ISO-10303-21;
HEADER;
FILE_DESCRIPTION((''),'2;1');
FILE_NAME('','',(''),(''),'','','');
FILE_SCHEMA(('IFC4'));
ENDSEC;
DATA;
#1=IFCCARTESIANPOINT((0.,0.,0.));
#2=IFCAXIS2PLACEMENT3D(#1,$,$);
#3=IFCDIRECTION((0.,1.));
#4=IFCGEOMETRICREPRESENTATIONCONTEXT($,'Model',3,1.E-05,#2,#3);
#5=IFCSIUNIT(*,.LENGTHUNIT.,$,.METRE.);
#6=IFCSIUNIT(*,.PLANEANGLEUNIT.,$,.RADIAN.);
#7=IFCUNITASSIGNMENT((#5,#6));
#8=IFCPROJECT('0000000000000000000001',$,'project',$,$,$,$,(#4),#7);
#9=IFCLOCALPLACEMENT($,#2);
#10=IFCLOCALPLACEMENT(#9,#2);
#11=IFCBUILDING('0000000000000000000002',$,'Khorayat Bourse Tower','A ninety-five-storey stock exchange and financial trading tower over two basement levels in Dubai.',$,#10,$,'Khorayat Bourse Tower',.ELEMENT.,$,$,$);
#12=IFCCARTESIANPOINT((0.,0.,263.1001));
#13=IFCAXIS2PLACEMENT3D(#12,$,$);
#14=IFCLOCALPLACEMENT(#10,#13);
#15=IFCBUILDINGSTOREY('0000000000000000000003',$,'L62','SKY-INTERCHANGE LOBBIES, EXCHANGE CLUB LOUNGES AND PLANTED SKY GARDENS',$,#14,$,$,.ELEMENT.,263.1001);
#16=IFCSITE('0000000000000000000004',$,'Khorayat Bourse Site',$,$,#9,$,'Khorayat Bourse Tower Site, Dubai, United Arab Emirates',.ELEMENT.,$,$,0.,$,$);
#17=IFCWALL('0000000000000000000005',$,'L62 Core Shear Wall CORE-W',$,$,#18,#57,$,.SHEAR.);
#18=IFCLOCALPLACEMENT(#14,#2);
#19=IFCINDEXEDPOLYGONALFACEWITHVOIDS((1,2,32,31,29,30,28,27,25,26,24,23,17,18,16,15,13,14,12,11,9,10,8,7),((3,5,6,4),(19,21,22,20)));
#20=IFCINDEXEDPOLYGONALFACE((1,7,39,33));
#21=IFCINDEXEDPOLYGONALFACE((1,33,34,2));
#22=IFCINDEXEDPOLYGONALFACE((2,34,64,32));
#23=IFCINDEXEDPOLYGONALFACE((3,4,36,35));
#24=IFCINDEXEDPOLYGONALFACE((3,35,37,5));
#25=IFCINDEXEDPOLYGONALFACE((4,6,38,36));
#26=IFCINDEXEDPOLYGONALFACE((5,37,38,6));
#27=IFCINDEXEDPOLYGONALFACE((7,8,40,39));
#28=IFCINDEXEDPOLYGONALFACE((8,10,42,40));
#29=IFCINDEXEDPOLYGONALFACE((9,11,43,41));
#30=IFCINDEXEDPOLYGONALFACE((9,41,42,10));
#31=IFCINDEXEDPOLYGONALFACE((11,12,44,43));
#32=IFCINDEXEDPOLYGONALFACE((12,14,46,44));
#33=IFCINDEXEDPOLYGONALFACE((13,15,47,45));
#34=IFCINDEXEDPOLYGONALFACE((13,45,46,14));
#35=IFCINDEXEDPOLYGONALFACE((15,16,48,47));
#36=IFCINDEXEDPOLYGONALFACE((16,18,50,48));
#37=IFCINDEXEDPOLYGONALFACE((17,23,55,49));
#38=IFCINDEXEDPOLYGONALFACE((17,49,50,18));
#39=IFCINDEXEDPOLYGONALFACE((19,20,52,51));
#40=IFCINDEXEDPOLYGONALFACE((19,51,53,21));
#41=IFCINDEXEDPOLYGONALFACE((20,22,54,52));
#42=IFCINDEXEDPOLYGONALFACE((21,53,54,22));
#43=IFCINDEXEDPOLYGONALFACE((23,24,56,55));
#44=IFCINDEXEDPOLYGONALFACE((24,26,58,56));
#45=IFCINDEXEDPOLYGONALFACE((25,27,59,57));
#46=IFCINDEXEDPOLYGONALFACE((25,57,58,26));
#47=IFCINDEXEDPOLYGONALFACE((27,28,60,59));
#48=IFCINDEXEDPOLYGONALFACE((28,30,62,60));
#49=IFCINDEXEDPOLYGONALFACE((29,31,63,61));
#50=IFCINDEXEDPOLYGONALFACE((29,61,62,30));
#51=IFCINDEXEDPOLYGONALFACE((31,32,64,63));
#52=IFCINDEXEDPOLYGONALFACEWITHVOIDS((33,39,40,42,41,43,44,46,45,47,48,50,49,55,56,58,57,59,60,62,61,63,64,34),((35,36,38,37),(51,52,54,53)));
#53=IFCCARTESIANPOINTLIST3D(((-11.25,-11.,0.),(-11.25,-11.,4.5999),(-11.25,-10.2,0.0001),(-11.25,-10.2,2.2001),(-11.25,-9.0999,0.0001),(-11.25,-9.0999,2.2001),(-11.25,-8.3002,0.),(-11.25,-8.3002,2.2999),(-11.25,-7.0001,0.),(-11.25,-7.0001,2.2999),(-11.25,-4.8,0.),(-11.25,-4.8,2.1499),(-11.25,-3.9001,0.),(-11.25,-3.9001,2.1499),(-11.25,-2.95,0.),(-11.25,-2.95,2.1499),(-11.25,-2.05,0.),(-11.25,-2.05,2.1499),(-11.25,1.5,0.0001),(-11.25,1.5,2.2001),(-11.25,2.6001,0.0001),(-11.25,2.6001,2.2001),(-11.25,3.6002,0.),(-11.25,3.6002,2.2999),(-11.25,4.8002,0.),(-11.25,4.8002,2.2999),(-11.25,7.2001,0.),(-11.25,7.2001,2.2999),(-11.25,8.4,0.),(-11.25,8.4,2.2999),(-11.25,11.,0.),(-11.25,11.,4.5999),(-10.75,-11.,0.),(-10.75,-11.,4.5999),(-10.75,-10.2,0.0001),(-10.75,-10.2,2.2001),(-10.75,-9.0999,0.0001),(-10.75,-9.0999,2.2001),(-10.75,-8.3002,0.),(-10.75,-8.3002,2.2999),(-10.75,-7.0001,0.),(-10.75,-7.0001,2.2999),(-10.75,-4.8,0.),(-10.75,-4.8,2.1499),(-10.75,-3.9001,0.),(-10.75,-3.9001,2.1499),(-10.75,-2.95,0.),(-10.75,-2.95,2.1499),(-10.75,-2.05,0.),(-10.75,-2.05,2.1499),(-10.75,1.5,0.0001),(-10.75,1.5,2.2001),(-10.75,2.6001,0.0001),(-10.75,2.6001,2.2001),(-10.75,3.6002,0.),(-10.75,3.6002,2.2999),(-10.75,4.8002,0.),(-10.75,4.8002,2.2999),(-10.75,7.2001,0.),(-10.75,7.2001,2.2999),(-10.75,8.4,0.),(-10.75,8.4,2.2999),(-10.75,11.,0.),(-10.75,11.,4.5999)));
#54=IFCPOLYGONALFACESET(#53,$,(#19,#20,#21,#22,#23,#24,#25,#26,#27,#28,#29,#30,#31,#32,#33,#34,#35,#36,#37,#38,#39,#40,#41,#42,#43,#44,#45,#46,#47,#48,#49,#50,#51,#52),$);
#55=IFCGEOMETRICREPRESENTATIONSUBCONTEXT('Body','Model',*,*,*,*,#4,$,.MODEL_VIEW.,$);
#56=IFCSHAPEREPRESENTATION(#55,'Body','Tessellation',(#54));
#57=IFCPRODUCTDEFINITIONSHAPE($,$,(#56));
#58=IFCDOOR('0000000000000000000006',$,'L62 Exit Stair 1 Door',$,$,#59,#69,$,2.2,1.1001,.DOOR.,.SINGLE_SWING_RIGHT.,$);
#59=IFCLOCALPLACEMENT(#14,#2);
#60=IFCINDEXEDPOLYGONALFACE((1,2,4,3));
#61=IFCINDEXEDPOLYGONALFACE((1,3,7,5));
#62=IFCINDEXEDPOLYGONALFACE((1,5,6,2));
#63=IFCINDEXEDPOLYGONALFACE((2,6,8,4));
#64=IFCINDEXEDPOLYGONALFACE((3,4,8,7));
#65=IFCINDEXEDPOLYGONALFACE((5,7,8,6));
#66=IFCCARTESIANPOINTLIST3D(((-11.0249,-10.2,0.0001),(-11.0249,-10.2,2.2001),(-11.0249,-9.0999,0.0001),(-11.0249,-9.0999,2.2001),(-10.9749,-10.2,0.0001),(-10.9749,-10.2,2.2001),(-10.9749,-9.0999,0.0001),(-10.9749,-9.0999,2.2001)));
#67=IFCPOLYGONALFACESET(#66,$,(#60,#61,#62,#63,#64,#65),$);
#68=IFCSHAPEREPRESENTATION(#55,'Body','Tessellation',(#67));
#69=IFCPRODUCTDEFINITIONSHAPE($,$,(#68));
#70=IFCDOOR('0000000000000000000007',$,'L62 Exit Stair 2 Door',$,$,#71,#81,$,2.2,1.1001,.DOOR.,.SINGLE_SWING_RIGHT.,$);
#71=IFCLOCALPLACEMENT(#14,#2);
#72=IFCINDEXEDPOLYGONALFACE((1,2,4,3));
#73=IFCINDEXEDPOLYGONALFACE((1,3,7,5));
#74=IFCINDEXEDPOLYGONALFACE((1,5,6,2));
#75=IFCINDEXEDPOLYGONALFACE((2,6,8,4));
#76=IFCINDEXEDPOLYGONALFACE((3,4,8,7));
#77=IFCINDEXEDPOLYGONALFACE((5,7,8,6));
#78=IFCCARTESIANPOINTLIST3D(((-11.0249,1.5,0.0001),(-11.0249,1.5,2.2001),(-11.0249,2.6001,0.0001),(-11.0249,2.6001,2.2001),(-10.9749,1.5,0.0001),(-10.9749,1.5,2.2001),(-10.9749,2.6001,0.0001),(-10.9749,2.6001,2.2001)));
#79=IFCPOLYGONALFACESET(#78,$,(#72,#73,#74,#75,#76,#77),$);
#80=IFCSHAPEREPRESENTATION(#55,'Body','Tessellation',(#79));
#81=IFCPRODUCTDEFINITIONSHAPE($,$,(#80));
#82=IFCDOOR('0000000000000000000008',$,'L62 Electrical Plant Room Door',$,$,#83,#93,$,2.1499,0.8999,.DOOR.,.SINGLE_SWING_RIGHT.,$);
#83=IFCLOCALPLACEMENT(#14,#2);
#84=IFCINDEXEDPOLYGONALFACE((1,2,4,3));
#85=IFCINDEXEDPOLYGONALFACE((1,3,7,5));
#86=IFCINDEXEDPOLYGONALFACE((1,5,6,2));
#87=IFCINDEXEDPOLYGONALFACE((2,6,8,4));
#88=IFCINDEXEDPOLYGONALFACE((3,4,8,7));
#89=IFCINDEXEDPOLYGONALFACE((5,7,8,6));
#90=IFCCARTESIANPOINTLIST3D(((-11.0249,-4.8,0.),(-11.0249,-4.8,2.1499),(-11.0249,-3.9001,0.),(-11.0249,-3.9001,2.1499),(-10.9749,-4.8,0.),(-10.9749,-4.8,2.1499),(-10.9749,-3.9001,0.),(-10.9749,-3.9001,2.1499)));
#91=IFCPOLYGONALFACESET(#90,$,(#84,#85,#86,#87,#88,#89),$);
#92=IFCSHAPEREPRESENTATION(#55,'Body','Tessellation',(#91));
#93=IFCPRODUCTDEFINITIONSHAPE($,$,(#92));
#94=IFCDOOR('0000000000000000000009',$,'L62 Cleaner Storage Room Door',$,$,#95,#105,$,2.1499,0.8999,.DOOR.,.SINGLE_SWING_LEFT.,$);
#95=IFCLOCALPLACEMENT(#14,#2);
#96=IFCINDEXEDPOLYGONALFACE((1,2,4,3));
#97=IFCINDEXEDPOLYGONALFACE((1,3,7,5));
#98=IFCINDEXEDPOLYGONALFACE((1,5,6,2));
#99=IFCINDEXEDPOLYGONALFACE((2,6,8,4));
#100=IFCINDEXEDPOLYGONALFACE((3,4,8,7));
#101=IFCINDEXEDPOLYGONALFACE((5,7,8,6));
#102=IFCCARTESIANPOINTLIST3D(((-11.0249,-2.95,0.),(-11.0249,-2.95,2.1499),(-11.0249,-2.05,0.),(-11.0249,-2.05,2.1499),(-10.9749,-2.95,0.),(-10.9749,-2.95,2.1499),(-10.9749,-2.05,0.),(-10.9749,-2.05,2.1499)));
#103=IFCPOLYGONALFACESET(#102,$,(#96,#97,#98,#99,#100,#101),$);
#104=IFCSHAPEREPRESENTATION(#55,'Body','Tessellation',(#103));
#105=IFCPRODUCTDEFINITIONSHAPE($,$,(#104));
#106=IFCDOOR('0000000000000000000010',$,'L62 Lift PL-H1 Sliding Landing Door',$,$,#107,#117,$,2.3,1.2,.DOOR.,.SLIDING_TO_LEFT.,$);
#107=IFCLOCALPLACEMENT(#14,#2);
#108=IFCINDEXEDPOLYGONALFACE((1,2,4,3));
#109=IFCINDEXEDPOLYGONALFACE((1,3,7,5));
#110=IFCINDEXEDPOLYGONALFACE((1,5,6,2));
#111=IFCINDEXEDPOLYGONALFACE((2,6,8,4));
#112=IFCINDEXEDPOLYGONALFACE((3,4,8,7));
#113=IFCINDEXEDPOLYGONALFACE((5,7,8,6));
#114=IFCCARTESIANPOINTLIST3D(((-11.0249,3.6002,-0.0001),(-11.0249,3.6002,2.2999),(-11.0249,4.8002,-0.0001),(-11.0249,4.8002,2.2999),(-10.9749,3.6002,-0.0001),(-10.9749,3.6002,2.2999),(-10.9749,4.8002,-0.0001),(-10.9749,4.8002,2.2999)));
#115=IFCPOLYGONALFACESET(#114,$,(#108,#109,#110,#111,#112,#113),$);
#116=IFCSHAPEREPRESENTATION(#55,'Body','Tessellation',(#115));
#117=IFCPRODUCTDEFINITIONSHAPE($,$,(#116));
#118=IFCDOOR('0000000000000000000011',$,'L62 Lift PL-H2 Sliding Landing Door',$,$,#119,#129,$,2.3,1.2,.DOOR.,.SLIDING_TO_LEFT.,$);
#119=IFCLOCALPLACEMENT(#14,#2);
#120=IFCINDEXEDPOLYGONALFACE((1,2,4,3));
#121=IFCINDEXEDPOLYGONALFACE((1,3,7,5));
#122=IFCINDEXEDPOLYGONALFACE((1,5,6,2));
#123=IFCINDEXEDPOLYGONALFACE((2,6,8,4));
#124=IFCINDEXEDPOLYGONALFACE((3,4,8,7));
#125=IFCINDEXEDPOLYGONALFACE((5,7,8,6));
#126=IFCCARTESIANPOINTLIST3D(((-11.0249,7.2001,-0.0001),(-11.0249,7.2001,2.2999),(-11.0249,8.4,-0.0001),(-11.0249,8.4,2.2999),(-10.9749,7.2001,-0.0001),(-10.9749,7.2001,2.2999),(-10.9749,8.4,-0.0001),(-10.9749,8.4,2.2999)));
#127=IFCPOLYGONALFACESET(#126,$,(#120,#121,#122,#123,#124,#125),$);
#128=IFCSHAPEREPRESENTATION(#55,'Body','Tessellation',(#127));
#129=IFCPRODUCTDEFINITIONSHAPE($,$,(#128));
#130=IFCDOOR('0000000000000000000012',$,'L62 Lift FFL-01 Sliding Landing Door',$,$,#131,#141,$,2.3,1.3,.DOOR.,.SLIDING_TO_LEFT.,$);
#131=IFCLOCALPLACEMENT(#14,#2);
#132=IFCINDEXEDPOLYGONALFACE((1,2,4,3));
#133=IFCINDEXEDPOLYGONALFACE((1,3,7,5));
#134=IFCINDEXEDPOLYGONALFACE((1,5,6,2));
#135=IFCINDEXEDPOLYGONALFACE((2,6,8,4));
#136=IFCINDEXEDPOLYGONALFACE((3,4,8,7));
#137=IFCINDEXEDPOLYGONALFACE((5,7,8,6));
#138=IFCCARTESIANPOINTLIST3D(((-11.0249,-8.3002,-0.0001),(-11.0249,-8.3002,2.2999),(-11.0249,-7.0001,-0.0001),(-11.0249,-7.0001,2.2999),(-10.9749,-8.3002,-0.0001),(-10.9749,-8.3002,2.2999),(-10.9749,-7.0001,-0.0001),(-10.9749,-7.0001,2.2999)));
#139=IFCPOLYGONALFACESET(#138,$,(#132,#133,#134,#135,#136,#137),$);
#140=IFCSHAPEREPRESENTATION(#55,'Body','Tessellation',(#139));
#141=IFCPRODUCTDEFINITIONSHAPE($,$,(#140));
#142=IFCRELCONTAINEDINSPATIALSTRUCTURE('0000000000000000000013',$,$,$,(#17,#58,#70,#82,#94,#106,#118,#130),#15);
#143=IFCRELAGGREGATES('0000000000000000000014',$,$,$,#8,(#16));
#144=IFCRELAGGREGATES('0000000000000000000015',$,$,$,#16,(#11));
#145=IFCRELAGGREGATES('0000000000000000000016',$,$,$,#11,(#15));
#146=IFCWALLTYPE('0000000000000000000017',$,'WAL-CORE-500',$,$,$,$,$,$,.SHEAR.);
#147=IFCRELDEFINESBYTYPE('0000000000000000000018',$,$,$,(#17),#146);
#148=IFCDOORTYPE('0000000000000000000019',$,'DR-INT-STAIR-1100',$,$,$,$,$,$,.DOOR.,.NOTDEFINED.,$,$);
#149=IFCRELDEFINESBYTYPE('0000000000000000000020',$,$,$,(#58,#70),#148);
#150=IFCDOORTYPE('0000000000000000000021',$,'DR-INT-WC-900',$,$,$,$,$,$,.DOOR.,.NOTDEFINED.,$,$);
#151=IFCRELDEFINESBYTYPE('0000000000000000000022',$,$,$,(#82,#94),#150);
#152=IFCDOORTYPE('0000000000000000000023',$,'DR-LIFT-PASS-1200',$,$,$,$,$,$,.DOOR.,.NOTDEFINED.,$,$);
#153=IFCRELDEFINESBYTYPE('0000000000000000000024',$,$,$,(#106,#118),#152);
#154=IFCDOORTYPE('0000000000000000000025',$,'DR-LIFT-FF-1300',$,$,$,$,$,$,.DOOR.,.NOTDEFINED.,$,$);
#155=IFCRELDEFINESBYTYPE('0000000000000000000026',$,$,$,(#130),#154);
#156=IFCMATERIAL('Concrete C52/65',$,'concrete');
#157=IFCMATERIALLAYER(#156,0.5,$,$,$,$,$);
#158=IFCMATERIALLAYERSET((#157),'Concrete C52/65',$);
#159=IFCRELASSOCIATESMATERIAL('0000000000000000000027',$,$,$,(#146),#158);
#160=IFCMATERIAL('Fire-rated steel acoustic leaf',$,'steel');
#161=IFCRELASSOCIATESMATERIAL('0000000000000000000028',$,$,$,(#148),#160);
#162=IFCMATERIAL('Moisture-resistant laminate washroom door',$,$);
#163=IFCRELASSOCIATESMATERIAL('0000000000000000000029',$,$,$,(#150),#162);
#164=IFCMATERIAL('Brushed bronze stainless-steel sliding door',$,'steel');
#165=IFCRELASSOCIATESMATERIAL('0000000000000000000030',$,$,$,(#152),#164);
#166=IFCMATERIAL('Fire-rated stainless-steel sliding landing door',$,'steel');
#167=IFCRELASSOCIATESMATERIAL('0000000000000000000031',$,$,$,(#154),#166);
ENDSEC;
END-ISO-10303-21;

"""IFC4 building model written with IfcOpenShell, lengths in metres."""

from ifc_helpers import new_model, si_unit, direction, frame, frame_2d, origin, place, context, subcontext, project, spatial, rectangle, extrude, source, transform, mapped, material, layer, layer_set, type_object, element, fill, save


model = new_model("IFC4")

# Units and contexts
model_context = context("Model", 3, precision=1e-05, world=origin(), true_north=direction((0.0, 1.0)))
body_context = subcontext(model_context, "Body", "Model", "MODEL_VIEW")
ifc_project = project(units=[si_unit("LENGTHUNIT", "METRE"), si_unit("PLANEANGLEUNIT", "RADIAN")], contexts=[model_context])

# Site, building, storey
site_placement = place(None, origin())
site = spatial("IfcSite", under=ifc_project, at=site_placement, Name="Khorayat Bourse Site", LongName="Khorayat Bourse Tower Site, Dubai, United Arab Emirates", CompositionType="ELEMENT", RefElevation=0.0)
building_placement = place(site_placement, origin())
building = spatial("IfcBuilding", under=site, at=building_placement, Name="Khorayat Bourse Tower", Description="A ninety-five-storey stock exchange and financial trading tower over two basement levels in Dubai.", LongName="Khorayat Bourse Tower", CompositionType="ELEMENT")
storey_placement = place(building_placement, frame((0.0, 0.0, 263.1001)))
storey = spatial("IfcBuildingStorey", under=building, at=storey_placement, Name="L62", Description="SKY-INTERCHANGE LOBBIES, EXCHANGE CLUB LOUNGES AND PLANTED SKY GARDENS", CompositionType="ELEMENT", Elevation=263.1001)

# Wall, openings, doors
ifc_material_1 = material(Name="Concrete C52/65", Category="concrete")
ifc_layer_1 = layer(ifc_material_1, 0.5)
ifc_layer_set_1 = layer_set([ifc_layer_1], Name="Concrete C52/65")
wall_type_1 = type_object("IfcWallType", Name="WAL-CORE-500", PredefinedType="SHEAR", material=ifc_layer_set_1)
shared_shape_1 = source(origin(), body_context, "Body", "SweptSolid", [
    extrude(rectangle(XDim=22.0, YDim=0.5, at=frame_2d((11.0, 0.0))), origin(), (0.0, 0.0, 1.0), 4.5999),
])
wall_1_placement = place(storey_placement, frame((-11.0, -11.0, 0.0), z_axis=(0.0, 0.0, 1.0), x_axis=(0.0, 1.0, 0.0)))
wall_1 = element("IfcWall", 1, at=wall_1_placement, inside=storey, type_object=wall_type_1, Name="L62 Core Shear Wall CORE-W", PredefinedType="SHEAR", context=body_context, shape_type="MappedRepresentation", body=[
    mapped(shared_shape_1, transform((0.0, 0.0, 0.0), scale=1.0)),
])
shared_shape_2 = source(origin(), body_context, "Body", "SweptSolid", [
    extrude(rectangle(XDim=1.1001, YDim=2.2, at=frame_2d((0.55, 1.1001))), frame((0.0, 0.26, 0.0), z_axis=(0.0, -1.0, 0.0), x_axis=(1.0, 0.0, 0.0)), (0.0, 0.0, 1.0), 0.52),
])
opening_1_placement = place(wall_1_placement, frame((0.8, 0.0, 0.0)))
opening_1 = element("IfcOpeningElement", 2, at=opening_1_placement, cuts=wall_1, PredefinedType="OPENING", context=body_context, shape_type="MappedRepresentation", body=[
    mapped(shared_shape_2, transform((0.0, 0.0, 0.0), scale=1.0)),
])
opening_2_placement = place(wall_1_placement, frame((12.5, 0.0, 0.0)))
opening_2 = element("IfcOpeningElement", 3, at=opening_2_placement, cuts=wall_1, PredefinedType="OPENING", context=body_context, shape_type="MappedRepresentation", body=[
    mapped(shared_shape_2, transform((0.0, 0.0, 0.0), scale=1.0)),
])
shared_shape_3 = source(origin(), body_context, "Body", "SweptSolid", [
    extrude(rectangle(XDim=0.8999, YDim=2.1499, at=frame_2d((0.45, 1.075))), frame((0.0, 0.26, 0.0), z_axis=(0.0, -1.0, 0.0), x_axis=(1.0, 0.0, 0.0)), (0.0, 0.0, 1.0), 0.52),
])
opening_3_placement = place(wall_1_placement, frame((6.2, 0.0, 0.0)))
opening_3 = element("IfcOpeningElement", 4, at=opening_3_placement, cuts=wall_1, PredefinedType="OPENING", context=body_context, shape_type="MappedRepresentation", body=[
    mapped(shared_shape_3, transform((0.0, 0.0, 0.0), scale=1.0)),
])
opening_4_placement = place(wall_1_placement, frame((8.05, 0.0, 0.0)))
opening_4 = element("IfcOpeningElement", 5, at=opening_4_placement, cuts=wall_1, PredefinedType="OPENING", context=body_context, shape_type="MappedRepresentation", body=[
    mapped(shared_shape_3, transform((0.0, 0.0, 0.0), scale=1.0)),
])
shared_shape_4 = source(origin(), body_context, "Body", "SweptSolid", [
    extrude(rectangle(XDim=1.2, YDim=2.3, at=frame_2d((0.6001, 1.1499))), frame((0.0, 0.26, 0.0), z_axis=(0.0, -1.0, 0.0), x_axis=(1.0, 0.0, 0.0)), (0.0, 0.0, 1.0), 0.52),
])
opening_5_placement = place(wall_1_placement, frame((14.6001, 0.0, 0.0)))
opening_5 = element("IfcOpeningElement", 6, at=opening_5_placement, cuts=wall_1, PredefinedType="OPENING", context=body_context, shape_type="MappedRepresentation", body=[
    mapped(shared_shape_4, transform((0.0, 0.0, 0.0), scale=1.0)),
])
opening_6_placement = place(wall_1_placement, frame((18.2, 0.0, 0.0)))
opening_6 = element("IfcOpeningElement", 7, at=opening_6_placement, cuts=wall_1, PredefinedType="OPENING", context=body_context, shape_type="MappedRepresentation", body=[
    mapped(shared_shape_4, transform((0.0, 0.0, 0.0), scale=1.0)),
])
shared_shape_5 = source(origin(), body_context, "Body", "SweptSolid", [
    extrude(rectangle(XDim=1.3, YDim=2.3, at=frame_2d((0.6499, 1.1499))), frame((0.0, 0.26, 0.0), z_axis=(0.0, -1.0, 0.0), x_axis=(1.0, 0.0, 0.0)), (0.0, 0.0, 1.0), 0.52),
])
opening_7_placement = place(wall_1_placement, frame((2.7, 0.0, 0.0)))
opening_7 = element("IfcOpeningElement", 8, at=opening_7_placement, cuts=wall_1, PredefinedType="OPENING", context=body_context, shape_type="MappedRepresentation", body=[
    mapped(shared_shape_5, transform((0.0, 0.0, 0.0), scale=1.0)),
])
ifc_material_2 = material(Name="Fire-rated steel acoustic leaf", Category="steel")
door_type_1 = type_object("IfcDoorType", Name="DR-INT-STAIR-1100", OperationType="NOTDEFINED", PredefinedType="DOOR", material=ifc_material_2)
shared_shape_6 = source(origin(), body_context, "Body", "SweptSolid", [
    extrude(rectangle(XDim=1.1001, YDim=2.2, at=frame_2d((0.55, 1.1001))), frame((0.0, 0.0249, 0.0), z_axis=(0.0, -1.0, 0.0), x_axis=(1.0, 0.0, 0.0)), (0.0, 0.0, 1.0), 0.05),
])
door_1_placement = place(opening_1_placement, origin())
door_1 = element("IfcDoor", 9, at=door_1_placement, inside=storey, type_object=door_type_1, Name="L62 Exit Stair 1 Door", OperationType="SINGLE_SWING_RIGHT", OverallHeight=2.2, OverallWidth=1.1001, PredefinedType="DOOR", context=body_context, shape_type="MappedRepresentation", body=[
    mapped(shared_shape_6, transform((0.0, 0.0, 0.0), scale=1.0)),
])
fill(opening_1, door_1)
door_2_placement = place(opening_2_placement, origin())
door_2 = element("IfcDoor", 10, at=door_2_placement, inside=storey, type_object=door_type_1, Name="L62 Exit Stair 2 Door", OperationType="SINGLE_SWING_RIGHT", OverallHeight=2.2, OverallWidth=1.1001, PredefinedType="DOOR", context=body_context, shape_type="MappedRepresentation", body=[
    mapped(shared_shape_6, transform((0.0, 0.0, 0.0), scale=1.0)),
])
fill(opening_2, door_2)
ifc_material_3 = material(Name="Moisture-resistant laminate washroom door")
door_type_2 = type_object("IfcDoorType", Name="DR-INT-WC-900", OperationType="NOTDEFINED", PredefinedType="DOOR", material=ifc_material_3)
shared_shape_7 = source(origin(), body_context, "Body", "SweptSolid", [
    extrude(rectangle(XDim=0.8999, YDim=2.1499, at=frame_2d((0.45, 1.075))), frame((0.0, 0.0249, 0.0), z_axis=(0.0, -1.0, 0.0), x_axis=(1.0, 0.0, 0.0)), (0.0, 0.0, 1.0), 0.05),
])
door_3_placement = place(opening_3_placement, origin())
door_3 = element("IfcDoor", 11, at=door_3_placement, inside=storey, type_object=door_type_2, Name="L62 Electrical Plant Room Door", OperationType="SINGLE_SWING_RIGHT", OverallHeight=2.1499, OverallWidth=0.8999, PredefinedType="DOOR", context=body_context, shape_type="MappedRepresentation", body=[
    mapped(shared_shape_7, transform((0.0, 0.0, 0.0), scale=1.0)),
])
fill(opening_3, door_3)
door_4_placement = place(opening_4_placement, origin())
door_4 = element("IfcDoor", 12, at=door_4_placement, inside=storey, type_object=door_type_2, Name="L62 Cleaner Storage Room Door", OperationType="SINGLE_SWING_LEFT", OverallHeight=2.1499, OverallWidth=0.8999, PredefinedType="DOOR", context=body_context, shape_type="MappedRepresentation", body=[
    mapped(shared_shape_7, transform((0.0, 0.0, 0.0), scale=1.0)),
])
fill(opening_4, door_4)
ifc_material_4 = material(Name="Brushed bronze stainless-steel sliding door", Category="steel")
door_type_3 = type_object("IfcDoorType", Name="DR-LIFT-PASS-1200", OperationType="NOTDEFINED", PredefinedType="DOOR", material=ifc_material_4)
shared_shape_8 = source(origin(), body_context, "Body", "SweptSolid", [
    extrude(rectangle(XDim=1.2, YDim=2.3, at=frame_2d((0.6001, 1.1499))), frame((0.0, 0.0249, 0.0), z_axis=(0.0, -1.0, 0.0), x_axis=(1.0, 0.0, 0.0)), (0.0, 0.0, 1.0), 0.05),
])
door_5_placement = place(opening_5_placement, origin())
door_5 = element("IfcDoor", 13, at=door_5_placement, inside=storey, type_object=door_type_3, Name="L62 Lift PL-H1 Sliding Landing Door", OperationType="SLIDING_TO_LEFT", OverallHeight=2.3, OverallWidth=1.2, PredefinedType="DOOR", context=body_context, shape_type="MappedRepresentation", body=[
    mapped(shared_shape_8, transform((0.0, 0.0, 0.0), scale=1.0)),
])
fill(opening_5, door_5)
door_6_placement = place(opening_6_placement, origin())
door_6 = element("IfcDoor", 14, at=door_6_placement, inside=storey, type_object=door_type_3, Name="L62 Lift PL-H2 Sliding Landing Door", OperationType="SLIDING_TO_LEFT", OverallHeight=2.3, OverallWidth=1.2, PredefinedType="DOOR", context=body_context, shape_type="MappedRepresentation", body=[
    mapped(shared_shape_8, transform((0.0, 0.0, 0.0), scale=1.0)),
])
fill(opening_6, door_6)
ifc_material_5 = material(Name="Fire-rated stainless-steel sliding landing door", Category="steel")
door_type_4 = type_object("IfcDoorType", Name="DR-LIFT-FF-1300", OperationType="NOTDEFINED", PredefinedType="DOOR", material=ifc_material_5)
shared_shape_9 = source(origin(), body_context, "Body", "SweptSolid", [
    extrude(rectangle(XDim=1.3, YDim=2.3, at=frame_2d((0.6499, 1.1499))), frame((0.0, 0.0249, 0.0), z_axis=(0.0, -1.0, 0.0), x_axis=(1.0, 0.0, 0.0)), (0.0, 0.0, 1.0), 0.05),
])
door_7_placement = place(opening_7_placement, origin())
door_7 = element("IfcDoor", 15, at=door_7_placement, inside=storey, type_object=door_type_4, Name="L62 Lift FFL-01 Sliding Landing Door", OperationType="SLIDING_TO_LEFT", OverallHeight=2.3, OverallWidth=1.3, PredefinedType="DOOR", context=body_context, shape_type="MappedRepresentation", body=[
    mapped(shared_shape_9, transform((0.0, 0.0, 0.0), scale=1.0)),
])
fill(opening_7, door_7)

save(model, "model.ifc")
